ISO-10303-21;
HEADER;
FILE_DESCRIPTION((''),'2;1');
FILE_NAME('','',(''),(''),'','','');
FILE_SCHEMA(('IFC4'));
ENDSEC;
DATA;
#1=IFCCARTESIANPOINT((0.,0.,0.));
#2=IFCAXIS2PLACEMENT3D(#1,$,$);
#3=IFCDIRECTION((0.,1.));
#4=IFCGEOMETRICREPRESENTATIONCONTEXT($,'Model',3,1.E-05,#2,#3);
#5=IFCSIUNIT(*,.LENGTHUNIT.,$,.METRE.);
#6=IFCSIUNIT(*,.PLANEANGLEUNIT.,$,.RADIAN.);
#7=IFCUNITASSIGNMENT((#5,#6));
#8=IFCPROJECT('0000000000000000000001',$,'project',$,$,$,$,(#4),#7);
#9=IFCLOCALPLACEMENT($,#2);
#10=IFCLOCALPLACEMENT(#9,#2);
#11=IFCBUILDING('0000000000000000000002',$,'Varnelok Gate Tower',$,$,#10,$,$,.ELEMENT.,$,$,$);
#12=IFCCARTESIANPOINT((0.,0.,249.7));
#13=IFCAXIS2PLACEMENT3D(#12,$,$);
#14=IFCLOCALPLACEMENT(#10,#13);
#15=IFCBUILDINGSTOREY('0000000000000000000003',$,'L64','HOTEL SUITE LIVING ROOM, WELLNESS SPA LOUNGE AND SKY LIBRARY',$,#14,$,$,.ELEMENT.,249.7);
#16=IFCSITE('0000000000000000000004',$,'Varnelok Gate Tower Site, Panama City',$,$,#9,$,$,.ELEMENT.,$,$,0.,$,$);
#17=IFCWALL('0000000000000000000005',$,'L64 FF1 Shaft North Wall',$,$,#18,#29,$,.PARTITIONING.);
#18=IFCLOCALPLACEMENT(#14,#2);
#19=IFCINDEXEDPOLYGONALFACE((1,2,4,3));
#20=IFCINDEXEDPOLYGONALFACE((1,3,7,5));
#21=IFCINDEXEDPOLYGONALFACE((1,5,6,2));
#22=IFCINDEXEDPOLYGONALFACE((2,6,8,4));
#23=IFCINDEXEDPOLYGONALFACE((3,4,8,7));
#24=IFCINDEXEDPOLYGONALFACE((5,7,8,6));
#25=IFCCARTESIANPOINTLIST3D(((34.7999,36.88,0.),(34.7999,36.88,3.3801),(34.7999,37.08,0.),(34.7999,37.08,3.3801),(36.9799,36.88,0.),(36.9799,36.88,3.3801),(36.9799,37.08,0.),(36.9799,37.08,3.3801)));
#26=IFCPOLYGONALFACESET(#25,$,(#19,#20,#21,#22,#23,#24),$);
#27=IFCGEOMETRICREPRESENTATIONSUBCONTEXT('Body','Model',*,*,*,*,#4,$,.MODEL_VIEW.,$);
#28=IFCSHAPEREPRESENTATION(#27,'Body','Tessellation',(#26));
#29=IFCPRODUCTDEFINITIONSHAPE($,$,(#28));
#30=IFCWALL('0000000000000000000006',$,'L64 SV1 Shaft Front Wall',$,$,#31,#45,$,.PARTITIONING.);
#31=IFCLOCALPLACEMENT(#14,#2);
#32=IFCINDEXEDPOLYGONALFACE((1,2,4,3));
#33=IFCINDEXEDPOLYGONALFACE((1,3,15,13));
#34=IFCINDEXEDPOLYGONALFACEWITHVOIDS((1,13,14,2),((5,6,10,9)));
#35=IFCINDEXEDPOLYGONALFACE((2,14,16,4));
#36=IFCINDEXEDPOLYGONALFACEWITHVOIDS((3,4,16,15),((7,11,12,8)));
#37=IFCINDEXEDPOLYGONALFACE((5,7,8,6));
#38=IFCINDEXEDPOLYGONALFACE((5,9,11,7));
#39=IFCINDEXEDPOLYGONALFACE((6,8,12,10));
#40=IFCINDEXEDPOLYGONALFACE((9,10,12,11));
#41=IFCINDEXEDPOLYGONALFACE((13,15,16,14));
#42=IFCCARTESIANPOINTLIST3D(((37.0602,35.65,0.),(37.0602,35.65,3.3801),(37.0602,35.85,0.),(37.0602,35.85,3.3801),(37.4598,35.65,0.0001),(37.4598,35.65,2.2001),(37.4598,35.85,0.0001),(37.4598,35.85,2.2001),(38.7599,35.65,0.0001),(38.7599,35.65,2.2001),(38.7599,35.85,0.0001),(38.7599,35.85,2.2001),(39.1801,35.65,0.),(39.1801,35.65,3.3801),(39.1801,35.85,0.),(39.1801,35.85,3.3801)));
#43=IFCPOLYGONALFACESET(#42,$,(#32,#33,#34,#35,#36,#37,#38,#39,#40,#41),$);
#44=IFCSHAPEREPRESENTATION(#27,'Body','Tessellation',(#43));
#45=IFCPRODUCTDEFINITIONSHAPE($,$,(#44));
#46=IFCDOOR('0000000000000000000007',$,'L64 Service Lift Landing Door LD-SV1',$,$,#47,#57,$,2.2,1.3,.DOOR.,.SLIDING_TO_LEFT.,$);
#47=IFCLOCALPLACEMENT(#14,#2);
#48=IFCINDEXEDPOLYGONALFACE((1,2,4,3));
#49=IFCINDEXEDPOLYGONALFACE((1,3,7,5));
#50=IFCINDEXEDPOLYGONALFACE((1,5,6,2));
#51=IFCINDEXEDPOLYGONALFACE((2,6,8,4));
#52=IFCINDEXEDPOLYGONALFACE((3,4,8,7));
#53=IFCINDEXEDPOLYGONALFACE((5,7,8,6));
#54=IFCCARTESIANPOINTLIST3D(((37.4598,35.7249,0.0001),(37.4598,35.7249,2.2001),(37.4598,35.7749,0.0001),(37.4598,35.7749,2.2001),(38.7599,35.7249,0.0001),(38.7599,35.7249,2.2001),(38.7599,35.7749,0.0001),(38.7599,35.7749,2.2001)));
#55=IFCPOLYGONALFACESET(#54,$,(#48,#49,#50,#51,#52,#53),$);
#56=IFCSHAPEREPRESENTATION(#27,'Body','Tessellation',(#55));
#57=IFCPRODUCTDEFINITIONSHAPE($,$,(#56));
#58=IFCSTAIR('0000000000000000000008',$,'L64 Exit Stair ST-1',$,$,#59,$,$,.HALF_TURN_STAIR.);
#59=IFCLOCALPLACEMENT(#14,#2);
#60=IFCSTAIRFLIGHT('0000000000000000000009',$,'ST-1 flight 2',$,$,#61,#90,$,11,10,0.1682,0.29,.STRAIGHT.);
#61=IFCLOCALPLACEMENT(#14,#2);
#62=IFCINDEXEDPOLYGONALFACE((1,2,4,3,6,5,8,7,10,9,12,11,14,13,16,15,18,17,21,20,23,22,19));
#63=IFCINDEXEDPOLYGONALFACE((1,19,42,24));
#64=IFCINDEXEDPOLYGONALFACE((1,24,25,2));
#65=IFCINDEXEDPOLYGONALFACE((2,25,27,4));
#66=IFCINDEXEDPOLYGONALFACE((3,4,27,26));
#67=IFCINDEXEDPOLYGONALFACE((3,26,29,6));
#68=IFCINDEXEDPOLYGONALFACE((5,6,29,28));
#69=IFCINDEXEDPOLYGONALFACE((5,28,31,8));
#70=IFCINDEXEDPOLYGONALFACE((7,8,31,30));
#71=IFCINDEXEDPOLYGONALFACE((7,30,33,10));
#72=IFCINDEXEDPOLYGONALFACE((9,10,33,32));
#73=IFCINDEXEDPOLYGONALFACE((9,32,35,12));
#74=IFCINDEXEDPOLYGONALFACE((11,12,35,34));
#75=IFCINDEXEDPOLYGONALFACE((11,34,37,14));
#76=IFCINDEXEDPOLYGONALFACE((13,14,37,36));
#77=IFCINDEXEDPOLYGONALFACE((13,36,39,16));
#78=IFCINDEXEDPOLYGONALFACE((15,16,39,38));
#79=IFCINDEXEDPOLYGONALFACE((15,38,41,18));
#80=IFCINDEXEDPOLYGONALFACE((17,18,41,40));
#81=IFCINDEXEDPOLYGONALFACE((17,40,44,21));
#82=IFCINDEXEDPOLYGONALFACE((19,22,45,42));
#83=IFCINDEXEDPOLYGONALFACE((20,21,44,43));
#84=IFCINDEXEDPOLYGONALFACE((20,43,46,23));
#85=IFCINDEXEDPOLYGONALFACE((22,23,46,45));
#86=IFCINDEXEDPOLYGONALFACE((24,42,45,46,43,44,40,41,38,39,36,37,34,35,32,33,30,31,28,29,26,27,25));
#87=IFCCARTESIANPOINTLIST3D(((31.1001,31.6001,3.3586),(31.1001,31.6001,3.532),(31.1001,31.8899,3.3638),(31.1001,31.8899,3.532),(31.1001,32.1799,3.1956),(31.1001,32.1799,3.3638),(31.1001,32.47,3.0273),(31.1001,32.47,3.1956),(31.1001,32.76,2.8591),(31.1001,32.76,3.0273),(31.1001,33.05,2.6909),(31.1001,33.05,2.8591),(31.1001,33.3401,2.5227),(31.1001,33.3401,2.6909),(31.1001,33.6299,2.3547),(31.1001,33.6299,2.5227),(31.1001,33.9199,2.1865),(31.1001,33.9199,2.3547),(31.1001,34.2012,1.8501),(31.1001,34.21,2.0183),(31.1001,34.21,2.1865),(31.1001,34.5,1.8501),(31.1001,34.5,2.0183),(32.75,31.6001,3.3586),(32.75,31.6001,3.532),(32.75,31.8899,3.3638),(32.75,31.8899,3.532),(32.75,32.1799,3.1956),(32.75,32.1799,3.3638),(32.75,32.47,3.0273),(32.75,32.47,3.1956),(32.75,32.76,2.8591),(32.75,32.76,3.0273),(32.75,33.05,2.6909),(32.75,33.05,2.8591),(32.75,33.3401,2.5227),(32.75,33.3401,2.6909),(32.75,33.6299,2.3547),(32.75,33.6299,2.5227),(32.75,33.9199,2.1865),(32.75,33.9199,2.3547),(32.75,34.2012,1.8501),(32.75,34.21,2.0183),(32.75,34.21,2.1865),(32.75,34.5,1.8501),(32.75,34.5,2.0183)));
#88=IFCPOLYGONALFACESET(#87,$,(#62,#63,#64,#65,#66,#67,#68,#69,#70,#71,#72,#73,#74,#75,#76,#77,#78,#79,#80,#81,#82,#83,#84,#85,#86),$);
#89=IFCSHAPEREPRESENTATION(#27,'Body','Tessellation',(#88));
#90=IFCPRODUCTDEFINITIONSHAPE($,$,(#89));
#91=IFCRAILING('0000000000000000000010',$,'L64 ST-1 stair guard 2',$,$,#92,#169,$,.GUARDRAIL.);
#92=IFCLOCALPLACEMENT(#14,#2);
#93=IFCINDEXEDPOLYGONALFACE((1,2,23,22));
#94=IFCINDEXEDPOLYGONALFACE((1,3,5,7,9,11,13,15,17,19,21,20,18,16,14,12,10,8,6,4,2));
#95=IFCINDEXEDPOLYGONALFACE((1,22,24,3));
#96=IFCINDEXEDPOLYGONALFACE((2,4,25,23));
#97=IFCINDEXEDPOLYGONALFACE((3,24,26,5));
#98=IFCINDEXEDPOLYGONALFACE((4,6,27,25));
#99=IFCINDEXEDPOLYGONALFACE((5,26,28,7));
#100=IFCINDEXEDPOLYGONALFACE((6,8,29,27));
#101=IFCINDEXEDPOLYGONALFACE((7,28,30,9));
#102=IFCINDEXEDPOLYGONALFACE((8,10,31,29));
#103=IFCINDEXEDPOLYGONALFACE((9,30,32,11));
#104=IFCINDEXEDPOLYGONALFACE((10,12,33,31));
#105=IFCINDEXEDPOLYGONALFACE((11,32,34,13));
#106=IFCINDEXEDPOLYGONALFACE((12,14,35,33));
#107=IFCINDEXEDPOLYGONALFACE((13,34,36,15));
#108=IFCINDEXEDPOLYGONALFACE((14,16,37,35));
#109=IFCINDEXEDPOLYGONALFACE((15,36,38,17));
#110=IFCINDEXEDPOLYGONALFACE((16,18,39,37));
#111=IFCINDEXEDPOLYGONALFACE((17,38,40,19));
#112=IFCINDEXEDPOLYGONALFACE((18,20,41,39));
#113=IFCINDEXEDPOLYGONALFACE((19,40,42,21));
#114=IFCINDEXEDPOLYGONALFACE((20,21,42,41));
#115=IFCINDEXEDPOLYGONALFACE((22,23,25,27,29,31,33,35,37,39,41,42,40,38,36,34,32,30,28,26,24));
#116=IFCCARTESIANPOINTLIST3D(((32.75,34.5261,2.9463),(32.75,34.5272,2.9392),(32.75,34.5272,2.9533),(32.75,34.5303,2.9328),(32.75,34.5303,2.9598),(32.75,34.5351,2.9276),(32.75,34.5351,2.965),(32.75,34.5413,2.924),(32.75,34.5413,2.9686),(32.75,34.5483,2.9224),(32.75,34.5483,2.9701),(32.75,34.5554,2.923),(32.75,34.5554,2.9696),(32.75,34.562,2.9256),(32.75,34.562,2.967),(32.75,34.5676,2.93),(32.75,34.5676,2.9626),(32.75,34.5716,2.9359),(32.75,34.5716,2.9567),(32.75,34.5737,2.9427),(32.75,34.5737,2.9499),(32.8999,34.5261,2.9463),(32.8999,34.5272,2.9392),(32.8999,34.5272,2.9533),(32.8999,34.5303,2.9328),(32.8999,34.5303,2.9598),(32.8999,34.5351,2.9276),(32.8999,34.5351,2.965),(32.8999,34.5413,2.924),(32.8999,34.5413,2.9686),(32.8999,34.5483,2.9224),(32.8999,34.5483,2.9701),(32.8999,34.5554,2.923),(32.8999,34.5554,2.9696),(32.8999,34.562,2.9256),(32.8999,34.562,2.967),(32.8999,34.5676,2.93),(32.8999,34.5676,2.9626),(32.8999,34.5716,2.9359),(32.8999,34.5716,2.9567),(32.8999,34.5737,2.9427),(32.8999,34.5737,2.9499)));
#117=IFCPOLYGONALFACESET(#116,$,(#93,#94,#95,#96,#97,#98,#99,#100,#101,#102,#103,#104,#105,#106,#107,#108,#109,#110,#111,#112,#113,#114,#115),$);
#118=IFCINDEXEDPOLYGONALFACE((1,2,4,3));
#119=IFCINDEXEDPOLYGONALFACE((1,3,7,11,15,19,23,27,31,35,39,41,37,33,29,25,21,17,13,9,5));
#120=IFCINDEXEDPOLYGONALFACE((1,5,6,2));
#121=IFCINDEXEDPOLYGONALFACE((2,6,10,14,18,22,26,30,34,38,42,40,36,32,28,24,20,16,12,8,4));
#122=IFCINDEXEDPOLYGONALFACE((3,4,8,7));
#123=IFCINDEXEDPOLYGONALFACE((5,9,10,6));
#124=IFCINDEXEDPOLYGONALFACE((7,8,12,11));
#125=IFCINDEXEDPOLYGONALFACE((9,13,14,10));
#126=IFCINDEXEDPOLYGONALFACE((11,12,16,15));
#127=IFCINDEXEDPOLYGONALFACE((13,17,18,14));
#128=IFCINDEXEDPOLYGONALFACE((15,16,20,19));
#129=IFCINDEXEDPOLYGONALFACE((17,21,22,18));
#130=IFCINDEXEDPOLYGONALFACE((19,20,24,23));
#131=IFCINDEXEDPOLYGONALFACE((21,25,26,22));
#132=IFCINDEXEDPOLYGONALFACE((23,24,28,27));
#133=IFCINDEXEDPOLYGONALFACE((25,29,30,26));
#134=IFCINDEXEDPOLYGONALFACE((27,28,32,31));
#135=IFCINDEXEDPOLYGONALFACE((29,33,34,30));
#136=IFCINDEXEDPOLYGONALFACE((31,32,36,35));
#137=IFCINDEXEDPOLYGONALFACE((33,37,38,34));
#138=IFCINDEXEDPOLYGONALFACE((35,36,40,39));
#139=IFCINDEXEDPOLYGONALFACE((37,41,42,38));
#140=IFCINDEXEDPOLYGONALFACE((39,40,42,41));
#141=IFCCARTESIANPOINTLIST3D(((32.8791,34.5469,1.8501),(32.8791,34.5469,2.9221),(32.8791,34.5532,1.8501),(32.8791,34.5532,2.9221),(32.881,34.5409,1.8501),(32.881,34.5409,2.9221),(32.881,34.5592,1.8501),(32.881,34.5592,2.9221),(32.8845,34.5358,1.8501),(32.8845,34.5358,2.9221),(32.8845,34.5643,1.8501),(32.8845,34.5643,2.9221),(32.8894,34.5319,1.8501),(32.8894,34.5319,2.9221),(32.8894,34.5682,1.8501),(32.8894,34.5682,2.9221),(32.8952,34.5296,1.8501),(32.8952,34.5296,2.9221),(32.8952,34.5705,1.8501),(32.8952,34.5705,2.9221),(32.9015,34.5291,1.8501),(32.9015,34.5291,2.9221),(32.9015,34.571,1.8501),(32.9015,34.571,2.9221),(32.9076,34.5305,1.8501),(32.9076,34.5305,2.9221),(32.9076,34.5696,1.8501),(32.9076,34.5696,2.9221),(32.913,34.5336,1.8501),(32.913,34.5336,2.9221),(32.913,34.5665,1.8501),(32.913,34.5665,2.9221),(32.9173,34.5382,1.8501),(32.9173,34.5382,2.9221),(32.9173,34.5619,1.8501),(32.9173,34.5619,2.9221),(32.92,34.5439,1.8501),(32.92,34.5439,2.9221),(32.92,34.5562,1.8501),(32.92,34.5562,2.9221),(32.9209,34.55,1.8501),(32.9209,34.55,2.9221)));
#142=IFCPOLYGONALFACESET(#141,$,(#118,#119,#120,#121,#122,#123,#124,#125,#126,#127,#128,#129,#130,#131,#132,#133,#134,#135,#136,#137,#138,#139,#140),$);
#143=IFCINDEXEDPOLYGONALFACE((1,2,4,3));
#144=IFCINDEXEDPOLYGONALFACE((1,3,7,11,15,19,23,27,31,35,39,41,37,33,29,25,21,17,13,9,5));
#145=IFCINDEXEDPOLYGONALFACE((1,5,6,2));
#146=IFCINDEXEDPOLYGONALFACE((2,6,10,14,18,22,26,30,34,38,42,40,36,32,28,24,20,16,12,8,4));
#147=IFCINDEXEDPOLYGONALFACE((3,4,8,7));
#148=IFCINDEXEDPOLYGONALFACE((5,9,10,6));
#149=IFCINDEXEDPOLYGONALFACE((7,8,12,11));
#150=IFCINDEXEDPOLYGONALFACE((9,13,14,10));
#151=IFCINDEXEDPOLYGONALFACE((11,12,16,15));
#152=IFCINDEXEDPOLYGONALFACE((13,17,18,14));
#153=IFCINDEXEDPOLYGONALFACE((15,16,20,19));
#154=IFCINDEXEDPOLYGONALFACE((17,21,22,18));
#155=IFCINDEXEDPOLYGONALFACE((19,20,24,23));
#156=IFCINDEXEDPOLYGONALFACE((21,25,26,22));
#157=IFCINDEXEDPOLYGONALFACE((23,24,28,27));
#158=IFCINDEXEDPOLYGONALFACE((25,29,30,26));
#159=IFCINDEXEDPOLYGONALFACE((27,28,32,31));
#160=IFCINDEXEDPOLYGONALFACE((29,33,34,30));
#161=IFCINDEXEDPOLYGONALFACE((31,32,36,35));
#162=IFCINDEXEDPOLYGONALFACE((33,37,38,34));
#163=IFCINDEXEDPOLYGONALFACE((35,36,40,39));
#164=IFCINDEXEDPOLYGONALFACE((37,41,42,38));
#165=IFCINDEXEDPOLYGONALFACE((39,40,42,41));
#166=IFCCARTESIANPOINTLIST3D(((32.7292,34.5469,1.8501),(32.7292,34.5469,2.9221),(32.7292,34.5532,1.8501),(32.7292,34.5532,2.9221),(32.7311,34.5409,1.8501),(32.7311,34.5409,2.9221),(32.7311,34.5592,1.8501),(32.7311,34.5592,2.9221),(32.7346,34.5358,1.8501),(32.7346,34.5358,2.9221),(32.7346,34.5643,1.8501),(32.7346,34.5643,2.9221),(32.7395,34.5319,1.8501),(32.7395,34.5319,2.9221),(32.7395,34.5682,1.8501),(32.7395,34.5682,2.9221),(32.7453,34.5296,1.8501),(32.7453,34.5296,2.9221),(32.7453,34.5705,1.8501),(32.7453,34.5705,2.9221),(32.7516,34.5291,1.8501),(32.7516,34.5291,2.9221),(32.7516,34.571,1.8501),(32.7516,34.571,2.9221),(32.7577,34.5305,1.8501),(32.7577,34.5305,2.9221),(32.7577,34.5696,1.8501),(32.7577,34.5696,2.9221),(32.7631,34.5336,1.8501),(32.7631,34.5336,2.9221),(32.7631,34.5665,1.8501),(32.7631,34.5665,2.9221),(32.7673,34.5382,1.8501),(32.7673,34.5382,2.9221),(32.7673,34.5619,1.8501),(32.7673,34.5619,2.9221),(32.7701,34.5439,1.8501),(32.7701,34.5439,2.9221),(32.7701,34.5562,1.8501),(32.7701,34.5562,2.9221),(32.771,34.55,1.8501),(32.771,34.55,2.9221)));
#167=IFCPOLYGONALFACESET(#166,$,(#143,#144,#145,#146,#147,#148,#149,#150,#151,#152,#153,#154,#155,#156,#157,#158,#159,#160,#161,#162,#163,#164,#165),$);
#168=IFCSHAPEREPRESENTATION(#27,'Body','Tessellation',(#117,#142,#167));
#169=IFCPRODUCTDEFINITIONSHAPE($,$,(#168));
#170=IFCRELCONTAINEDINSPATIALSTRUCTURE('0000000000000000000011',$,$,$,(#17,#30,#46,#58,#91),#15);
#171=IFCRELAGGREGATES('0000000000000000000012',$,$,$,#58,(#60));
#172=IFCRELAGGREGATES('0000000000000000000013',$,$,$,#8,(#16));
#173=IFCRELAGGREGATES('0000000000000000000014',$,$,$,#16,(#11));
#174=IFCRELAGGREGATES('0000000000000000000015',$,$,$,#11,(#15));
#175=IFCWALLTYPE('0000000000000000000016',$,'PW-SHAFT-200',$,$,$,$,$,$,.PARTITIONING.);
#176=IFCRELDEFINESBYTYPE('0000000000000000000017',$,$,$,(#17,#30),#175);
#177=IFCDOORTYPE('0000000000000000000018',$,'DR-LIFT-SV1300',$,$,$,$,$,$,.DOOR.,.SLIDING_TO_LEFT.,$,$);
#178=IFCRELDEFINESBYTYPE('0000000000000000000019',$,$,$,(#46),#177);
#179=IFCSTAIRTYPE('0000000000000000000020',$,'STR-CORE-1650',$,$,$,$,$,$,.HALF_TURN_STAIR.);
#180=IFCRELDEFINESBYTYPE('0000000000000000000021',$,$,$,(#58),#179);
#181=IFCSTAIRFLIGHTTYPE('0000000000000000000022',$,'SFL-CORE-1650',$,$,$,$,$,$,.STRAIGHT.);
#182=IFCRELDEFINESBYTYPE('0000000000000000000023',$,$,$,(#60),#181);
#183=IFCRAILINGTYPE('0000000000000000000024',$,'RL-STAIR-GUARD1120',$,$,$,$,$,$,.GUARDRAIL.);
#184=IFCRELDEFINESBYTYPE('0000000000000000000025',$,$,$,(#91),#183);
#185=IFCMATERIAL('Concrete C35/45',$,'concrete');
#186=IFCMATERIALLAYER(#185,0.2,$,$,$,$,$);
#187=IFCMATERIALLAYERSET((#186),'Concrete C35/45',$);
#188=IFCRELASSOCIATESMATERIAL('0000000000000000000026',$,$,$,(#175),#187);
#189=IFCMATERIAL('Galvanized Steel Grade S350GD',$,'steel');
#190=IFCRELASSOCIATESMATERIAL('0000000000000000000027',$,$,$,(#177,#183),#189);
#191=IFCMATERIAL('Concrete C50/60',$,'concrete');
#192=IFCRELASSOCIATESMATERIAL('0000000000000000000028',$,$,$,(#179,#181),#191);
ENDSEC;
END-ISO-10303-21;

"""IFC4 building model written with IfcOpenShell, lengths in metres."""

from ifc_helpers import new_model, si_unit, direction, frame, frame_2d, origin, origin_2d, place, context, subcontext, project, spatial, polyline, rectangle, circle, outline, extrude, material, layer, layer_set, type_object, element, fill, aggregate, save


model = new_model("IFC4")

# Units and contexts
model_context = context("Model", 3, precision=1e-05, world=origin(), true_north=direction((0.0, 1.0)))
body_context = subcontext(model_context, "Body", "Model", "MODEL_VIEW")
ifc_project = project(units=[si_unit("LENGTHUNIT", "METRE"), si_unit("PLANEANGLEUNIT", "RADIAN")], contexts=[model_context])

# Site, building, storey
site_placement = place(None, origin())
site = spatial("IfcSite", under=ifc_project, at=site_placement, Name="Varnelok Gate Tower Site, Panama City", CompositionType="ELEMENT", RefElevation=0.0)
building_placement = place(site_placement, origin())
building = spatial("IfcBuilding", under=site, at=building_placement, Name="Varnelok Gate Tower", CompositionType="ELEMENT")
storey_placement = place(building_placement, frame((0.0, 0.0, 249.7)))
storey = spatial("IfcBuildingStorey", under=building, at=storey_placement, Name="L64", Description="HOTEL SUITE LIVING ROOM, WELLNESS SPA LOUNGE AND SKY LIBRARY", CompositionType="ELEMENT", Elevation=249.7)

# Wall
ifc_material_1 = material(Name="Concrete C35/45", Category="concrete")
ifc_layer_1 = layer(ifc_material_1, 0.2)
ifc_layer_set_1 = layer_set([ifc_layer_1], Name="Concrete C35/45")
wall_type_1 = type_object("IfcWallType", Name="PW-SHAFT-200", PredefinedType="PARTITIONING", material=ifc_layer_set_1)
wall_1_placement = place(storey_placement, frame((34.8, 36.98, 0.0), z_axis=(0.0, 0.0, 1.0), x_axis=(1.0, 0.0, 0.0)))
element("IfcWall", 1, at=wall_1_placement, inside=storey, type_object=wall_type_1, Name="L64 FF1 Shaft North Wall", PredefinedType="PARTITIONING", context=body_context, shape_type="SweptSolid", body=[
    extrude(rectangle(XDim=2.1799, YDim=0.2, at=frame_2d((1.0898, 0.0))), origin(), (0.0, 0.0, 1.0), 3.3801),
])

# Wall, opening, door
wall_2_placement = place(storey_placement, frame((37.0601, 35.75, 0.0), z_axis=(0.0, 0.0, 1.0), x_axis=(1.0, 0.0, 0.0)))
wall_2 = element("IfcWall", 2, at=wall_2_placement, inside=storey, type_object=wall_type_1, Name="L64 SV1 Shaft Front Wall", PredefinedType="PARTITIONING", context=body_context, shape_type="SweptSolid", body=[
    extrude(rectangle(XDim=2.1199, YDim=0.2, at=frame_2d((1.0601, 0.0))), origin(), (0.0, 0.0, 1.0), 3.3801),
])
opening_1_placement = place(wall_2_placement, frame((0.3999, 0.0, 0.0)))
opening_1 = element("IfcOpeningElement", 3, at=opening_1_placement, cuts=wall_2, PredefinedType="OPENING", context=body_context, shape_type="SweptSolid", body=[
    extrude(rectangle(XDim=1.3, YDim=2.2, at=frame_2d((0.6499, 1.1001))), frame((0.0, 0.1099, 0.0), z_axis=(0.0, -1.0, 0.0), x_axis=(1.0, 0.0, 0.0)), (0.0, 0.0, 1.0), 0.22),
])
ifc_material_2 = material(Name="Galvanized Steel Grade S350GD", Category="steel")
door_type_1 = type_object("IfcDoorType", Name="DR-LIFT-SV1300", OperationType="SLIDING_TO_LEFT", PredefinedType="DOOR", material=ifc_material_2)
door_1_placement = place(opening_1_placement, origin())
door_1 = element("IfcDoor", 4, at=door_1_placement, inside=storey, type_object=door_type_1, Name="L64 Service Lift Landing Door LD-SV1", OperationType="SLIDING_TO_LEFT", OverallHeight=2.2, OverallWidth=1.3, PredefinedType="DOOR", context=body_context, shape_type="SweptSolid", body=[
    extrude(rectangle(XDim=1.3, YDim=2.2, at=frame_2d((0.6499, 1.1001))), frame((0.0, 0.0249, 0.0), z_axis=(0.0, -1.0, 0.0), x_axis=(1.0, 0.0, 0.0)), (0.0, 0.0, 1.0), 0.05),
])
fill(opening_1, door_1)

# Stair, stair flight
ifc_material_3 = material(Name="Concrete C50/60", Category="concrete")
stair_type = type_object("IfcStairType", Name="STR-CORE-1650", PredefinedType="HALF_TURN_STAIR", material=ifc_material_3)
stair_placement = place(storey_placement, origin())
stair = element("IfcStair", 5, at=stair_placement, inside=storey, type_object=stair_type, Name="L64 Exit Stair ST-1", PredefinedType="HALF_TURN_STAIR")
stair_flight_type = type_object("IfcStairFlightType", Name="SFL-CORE-1650", PredefinedType="STRAIGHT", material=ifc_material_3)
stair_flight_placement = place(storey_placement, frame((31.925, 34.5, 1.8501), z_axis=(0.0, 0.0, 1.0), x_axis=(0.0, -1.0, 0.0)))
stair_flight = element("IfcStairFlight", 6, at=stair_flight_placement, type_object=stair_flight_type, Name="ST-1 flight 2", NumberOfRisers=11, NumberOfTreads=10, PredefinedType="STRAIGHT", RiserHeight=0.1682, TreadLength=0.29, context=body_context, shape_type="SweptSolid", body=[
    extrude(outline(polyline([(0.0, 0.0), (0.0, 0.1682), (0.29, 0.1682), (0.29, 0.3364), (0.5801, 0.3364), (0.5801, 0.5046), (0.8701, 0.5046), (0.8701, 0.6726), (1.1599, 0.6726), (1.1599, 0.8408), (1.45, 0.8408), (1.45, 1.009), (1.74, 1.009), (1.74, 1.1772), (2.03, 1.1772), (2.03, 1.3455), (2.3201, 1.3455), (2.3201, 1.5137), (2.6101, 1.5137), (2.6101, 1.6819), (2.8999, 1.6819), (2.8999, 1.8501), (2.8999, 1.5085), (0.2988, 0.0), (0.0, 0.0)])), frame((0.0, 0.825, 0.0), z_axis=(0.0, -1.0, 0.0), x_axis=(1.0, 0.0, 0.0)), (0.0, 0.0, 1.0), 1.6499),
])
aggregate(stair, [stair_flight])

# Railing
railing_type_1 = type_object("IfcRailingType", Name="RL-STAIR-GUARD1120", PredefinedType="GUARDRAIL", material=ifc_material_2)
railing_1_placement = place(storey_placement, frame((32.8999, 34.55, 1.8501)))
element("IfcRailing", 7, at=railing_1_placement, inside=storey, type_object=railing_type_1, Name="L64 ST-1 stair guard 2", PredefinedType="GUARDRAIL", context=body_context, shape_type="SweptSolid", body=[
    extrude(circle(Radius=0.0239, at=origin_2d()), frame((0.0, 0.0, 1.0962), z_axis=(-1.0, 0.0, 0.0), x_axis=(0.0, -1.0, 0.0)), (0.0, 0.0, 1.0), 0.1499),
    extrude(circle(Radius=0.021, at=origin_2d()), origin(), (0.0, 0.0, 1.0), 1.072),
    extrude(circle(Radius=0.021, at=origin_2d()), frame((-0.1499, 0.0, 0.0)), (0.0, 0.0, 1.0), 1.072),
])

save(model, "model.ifc")
